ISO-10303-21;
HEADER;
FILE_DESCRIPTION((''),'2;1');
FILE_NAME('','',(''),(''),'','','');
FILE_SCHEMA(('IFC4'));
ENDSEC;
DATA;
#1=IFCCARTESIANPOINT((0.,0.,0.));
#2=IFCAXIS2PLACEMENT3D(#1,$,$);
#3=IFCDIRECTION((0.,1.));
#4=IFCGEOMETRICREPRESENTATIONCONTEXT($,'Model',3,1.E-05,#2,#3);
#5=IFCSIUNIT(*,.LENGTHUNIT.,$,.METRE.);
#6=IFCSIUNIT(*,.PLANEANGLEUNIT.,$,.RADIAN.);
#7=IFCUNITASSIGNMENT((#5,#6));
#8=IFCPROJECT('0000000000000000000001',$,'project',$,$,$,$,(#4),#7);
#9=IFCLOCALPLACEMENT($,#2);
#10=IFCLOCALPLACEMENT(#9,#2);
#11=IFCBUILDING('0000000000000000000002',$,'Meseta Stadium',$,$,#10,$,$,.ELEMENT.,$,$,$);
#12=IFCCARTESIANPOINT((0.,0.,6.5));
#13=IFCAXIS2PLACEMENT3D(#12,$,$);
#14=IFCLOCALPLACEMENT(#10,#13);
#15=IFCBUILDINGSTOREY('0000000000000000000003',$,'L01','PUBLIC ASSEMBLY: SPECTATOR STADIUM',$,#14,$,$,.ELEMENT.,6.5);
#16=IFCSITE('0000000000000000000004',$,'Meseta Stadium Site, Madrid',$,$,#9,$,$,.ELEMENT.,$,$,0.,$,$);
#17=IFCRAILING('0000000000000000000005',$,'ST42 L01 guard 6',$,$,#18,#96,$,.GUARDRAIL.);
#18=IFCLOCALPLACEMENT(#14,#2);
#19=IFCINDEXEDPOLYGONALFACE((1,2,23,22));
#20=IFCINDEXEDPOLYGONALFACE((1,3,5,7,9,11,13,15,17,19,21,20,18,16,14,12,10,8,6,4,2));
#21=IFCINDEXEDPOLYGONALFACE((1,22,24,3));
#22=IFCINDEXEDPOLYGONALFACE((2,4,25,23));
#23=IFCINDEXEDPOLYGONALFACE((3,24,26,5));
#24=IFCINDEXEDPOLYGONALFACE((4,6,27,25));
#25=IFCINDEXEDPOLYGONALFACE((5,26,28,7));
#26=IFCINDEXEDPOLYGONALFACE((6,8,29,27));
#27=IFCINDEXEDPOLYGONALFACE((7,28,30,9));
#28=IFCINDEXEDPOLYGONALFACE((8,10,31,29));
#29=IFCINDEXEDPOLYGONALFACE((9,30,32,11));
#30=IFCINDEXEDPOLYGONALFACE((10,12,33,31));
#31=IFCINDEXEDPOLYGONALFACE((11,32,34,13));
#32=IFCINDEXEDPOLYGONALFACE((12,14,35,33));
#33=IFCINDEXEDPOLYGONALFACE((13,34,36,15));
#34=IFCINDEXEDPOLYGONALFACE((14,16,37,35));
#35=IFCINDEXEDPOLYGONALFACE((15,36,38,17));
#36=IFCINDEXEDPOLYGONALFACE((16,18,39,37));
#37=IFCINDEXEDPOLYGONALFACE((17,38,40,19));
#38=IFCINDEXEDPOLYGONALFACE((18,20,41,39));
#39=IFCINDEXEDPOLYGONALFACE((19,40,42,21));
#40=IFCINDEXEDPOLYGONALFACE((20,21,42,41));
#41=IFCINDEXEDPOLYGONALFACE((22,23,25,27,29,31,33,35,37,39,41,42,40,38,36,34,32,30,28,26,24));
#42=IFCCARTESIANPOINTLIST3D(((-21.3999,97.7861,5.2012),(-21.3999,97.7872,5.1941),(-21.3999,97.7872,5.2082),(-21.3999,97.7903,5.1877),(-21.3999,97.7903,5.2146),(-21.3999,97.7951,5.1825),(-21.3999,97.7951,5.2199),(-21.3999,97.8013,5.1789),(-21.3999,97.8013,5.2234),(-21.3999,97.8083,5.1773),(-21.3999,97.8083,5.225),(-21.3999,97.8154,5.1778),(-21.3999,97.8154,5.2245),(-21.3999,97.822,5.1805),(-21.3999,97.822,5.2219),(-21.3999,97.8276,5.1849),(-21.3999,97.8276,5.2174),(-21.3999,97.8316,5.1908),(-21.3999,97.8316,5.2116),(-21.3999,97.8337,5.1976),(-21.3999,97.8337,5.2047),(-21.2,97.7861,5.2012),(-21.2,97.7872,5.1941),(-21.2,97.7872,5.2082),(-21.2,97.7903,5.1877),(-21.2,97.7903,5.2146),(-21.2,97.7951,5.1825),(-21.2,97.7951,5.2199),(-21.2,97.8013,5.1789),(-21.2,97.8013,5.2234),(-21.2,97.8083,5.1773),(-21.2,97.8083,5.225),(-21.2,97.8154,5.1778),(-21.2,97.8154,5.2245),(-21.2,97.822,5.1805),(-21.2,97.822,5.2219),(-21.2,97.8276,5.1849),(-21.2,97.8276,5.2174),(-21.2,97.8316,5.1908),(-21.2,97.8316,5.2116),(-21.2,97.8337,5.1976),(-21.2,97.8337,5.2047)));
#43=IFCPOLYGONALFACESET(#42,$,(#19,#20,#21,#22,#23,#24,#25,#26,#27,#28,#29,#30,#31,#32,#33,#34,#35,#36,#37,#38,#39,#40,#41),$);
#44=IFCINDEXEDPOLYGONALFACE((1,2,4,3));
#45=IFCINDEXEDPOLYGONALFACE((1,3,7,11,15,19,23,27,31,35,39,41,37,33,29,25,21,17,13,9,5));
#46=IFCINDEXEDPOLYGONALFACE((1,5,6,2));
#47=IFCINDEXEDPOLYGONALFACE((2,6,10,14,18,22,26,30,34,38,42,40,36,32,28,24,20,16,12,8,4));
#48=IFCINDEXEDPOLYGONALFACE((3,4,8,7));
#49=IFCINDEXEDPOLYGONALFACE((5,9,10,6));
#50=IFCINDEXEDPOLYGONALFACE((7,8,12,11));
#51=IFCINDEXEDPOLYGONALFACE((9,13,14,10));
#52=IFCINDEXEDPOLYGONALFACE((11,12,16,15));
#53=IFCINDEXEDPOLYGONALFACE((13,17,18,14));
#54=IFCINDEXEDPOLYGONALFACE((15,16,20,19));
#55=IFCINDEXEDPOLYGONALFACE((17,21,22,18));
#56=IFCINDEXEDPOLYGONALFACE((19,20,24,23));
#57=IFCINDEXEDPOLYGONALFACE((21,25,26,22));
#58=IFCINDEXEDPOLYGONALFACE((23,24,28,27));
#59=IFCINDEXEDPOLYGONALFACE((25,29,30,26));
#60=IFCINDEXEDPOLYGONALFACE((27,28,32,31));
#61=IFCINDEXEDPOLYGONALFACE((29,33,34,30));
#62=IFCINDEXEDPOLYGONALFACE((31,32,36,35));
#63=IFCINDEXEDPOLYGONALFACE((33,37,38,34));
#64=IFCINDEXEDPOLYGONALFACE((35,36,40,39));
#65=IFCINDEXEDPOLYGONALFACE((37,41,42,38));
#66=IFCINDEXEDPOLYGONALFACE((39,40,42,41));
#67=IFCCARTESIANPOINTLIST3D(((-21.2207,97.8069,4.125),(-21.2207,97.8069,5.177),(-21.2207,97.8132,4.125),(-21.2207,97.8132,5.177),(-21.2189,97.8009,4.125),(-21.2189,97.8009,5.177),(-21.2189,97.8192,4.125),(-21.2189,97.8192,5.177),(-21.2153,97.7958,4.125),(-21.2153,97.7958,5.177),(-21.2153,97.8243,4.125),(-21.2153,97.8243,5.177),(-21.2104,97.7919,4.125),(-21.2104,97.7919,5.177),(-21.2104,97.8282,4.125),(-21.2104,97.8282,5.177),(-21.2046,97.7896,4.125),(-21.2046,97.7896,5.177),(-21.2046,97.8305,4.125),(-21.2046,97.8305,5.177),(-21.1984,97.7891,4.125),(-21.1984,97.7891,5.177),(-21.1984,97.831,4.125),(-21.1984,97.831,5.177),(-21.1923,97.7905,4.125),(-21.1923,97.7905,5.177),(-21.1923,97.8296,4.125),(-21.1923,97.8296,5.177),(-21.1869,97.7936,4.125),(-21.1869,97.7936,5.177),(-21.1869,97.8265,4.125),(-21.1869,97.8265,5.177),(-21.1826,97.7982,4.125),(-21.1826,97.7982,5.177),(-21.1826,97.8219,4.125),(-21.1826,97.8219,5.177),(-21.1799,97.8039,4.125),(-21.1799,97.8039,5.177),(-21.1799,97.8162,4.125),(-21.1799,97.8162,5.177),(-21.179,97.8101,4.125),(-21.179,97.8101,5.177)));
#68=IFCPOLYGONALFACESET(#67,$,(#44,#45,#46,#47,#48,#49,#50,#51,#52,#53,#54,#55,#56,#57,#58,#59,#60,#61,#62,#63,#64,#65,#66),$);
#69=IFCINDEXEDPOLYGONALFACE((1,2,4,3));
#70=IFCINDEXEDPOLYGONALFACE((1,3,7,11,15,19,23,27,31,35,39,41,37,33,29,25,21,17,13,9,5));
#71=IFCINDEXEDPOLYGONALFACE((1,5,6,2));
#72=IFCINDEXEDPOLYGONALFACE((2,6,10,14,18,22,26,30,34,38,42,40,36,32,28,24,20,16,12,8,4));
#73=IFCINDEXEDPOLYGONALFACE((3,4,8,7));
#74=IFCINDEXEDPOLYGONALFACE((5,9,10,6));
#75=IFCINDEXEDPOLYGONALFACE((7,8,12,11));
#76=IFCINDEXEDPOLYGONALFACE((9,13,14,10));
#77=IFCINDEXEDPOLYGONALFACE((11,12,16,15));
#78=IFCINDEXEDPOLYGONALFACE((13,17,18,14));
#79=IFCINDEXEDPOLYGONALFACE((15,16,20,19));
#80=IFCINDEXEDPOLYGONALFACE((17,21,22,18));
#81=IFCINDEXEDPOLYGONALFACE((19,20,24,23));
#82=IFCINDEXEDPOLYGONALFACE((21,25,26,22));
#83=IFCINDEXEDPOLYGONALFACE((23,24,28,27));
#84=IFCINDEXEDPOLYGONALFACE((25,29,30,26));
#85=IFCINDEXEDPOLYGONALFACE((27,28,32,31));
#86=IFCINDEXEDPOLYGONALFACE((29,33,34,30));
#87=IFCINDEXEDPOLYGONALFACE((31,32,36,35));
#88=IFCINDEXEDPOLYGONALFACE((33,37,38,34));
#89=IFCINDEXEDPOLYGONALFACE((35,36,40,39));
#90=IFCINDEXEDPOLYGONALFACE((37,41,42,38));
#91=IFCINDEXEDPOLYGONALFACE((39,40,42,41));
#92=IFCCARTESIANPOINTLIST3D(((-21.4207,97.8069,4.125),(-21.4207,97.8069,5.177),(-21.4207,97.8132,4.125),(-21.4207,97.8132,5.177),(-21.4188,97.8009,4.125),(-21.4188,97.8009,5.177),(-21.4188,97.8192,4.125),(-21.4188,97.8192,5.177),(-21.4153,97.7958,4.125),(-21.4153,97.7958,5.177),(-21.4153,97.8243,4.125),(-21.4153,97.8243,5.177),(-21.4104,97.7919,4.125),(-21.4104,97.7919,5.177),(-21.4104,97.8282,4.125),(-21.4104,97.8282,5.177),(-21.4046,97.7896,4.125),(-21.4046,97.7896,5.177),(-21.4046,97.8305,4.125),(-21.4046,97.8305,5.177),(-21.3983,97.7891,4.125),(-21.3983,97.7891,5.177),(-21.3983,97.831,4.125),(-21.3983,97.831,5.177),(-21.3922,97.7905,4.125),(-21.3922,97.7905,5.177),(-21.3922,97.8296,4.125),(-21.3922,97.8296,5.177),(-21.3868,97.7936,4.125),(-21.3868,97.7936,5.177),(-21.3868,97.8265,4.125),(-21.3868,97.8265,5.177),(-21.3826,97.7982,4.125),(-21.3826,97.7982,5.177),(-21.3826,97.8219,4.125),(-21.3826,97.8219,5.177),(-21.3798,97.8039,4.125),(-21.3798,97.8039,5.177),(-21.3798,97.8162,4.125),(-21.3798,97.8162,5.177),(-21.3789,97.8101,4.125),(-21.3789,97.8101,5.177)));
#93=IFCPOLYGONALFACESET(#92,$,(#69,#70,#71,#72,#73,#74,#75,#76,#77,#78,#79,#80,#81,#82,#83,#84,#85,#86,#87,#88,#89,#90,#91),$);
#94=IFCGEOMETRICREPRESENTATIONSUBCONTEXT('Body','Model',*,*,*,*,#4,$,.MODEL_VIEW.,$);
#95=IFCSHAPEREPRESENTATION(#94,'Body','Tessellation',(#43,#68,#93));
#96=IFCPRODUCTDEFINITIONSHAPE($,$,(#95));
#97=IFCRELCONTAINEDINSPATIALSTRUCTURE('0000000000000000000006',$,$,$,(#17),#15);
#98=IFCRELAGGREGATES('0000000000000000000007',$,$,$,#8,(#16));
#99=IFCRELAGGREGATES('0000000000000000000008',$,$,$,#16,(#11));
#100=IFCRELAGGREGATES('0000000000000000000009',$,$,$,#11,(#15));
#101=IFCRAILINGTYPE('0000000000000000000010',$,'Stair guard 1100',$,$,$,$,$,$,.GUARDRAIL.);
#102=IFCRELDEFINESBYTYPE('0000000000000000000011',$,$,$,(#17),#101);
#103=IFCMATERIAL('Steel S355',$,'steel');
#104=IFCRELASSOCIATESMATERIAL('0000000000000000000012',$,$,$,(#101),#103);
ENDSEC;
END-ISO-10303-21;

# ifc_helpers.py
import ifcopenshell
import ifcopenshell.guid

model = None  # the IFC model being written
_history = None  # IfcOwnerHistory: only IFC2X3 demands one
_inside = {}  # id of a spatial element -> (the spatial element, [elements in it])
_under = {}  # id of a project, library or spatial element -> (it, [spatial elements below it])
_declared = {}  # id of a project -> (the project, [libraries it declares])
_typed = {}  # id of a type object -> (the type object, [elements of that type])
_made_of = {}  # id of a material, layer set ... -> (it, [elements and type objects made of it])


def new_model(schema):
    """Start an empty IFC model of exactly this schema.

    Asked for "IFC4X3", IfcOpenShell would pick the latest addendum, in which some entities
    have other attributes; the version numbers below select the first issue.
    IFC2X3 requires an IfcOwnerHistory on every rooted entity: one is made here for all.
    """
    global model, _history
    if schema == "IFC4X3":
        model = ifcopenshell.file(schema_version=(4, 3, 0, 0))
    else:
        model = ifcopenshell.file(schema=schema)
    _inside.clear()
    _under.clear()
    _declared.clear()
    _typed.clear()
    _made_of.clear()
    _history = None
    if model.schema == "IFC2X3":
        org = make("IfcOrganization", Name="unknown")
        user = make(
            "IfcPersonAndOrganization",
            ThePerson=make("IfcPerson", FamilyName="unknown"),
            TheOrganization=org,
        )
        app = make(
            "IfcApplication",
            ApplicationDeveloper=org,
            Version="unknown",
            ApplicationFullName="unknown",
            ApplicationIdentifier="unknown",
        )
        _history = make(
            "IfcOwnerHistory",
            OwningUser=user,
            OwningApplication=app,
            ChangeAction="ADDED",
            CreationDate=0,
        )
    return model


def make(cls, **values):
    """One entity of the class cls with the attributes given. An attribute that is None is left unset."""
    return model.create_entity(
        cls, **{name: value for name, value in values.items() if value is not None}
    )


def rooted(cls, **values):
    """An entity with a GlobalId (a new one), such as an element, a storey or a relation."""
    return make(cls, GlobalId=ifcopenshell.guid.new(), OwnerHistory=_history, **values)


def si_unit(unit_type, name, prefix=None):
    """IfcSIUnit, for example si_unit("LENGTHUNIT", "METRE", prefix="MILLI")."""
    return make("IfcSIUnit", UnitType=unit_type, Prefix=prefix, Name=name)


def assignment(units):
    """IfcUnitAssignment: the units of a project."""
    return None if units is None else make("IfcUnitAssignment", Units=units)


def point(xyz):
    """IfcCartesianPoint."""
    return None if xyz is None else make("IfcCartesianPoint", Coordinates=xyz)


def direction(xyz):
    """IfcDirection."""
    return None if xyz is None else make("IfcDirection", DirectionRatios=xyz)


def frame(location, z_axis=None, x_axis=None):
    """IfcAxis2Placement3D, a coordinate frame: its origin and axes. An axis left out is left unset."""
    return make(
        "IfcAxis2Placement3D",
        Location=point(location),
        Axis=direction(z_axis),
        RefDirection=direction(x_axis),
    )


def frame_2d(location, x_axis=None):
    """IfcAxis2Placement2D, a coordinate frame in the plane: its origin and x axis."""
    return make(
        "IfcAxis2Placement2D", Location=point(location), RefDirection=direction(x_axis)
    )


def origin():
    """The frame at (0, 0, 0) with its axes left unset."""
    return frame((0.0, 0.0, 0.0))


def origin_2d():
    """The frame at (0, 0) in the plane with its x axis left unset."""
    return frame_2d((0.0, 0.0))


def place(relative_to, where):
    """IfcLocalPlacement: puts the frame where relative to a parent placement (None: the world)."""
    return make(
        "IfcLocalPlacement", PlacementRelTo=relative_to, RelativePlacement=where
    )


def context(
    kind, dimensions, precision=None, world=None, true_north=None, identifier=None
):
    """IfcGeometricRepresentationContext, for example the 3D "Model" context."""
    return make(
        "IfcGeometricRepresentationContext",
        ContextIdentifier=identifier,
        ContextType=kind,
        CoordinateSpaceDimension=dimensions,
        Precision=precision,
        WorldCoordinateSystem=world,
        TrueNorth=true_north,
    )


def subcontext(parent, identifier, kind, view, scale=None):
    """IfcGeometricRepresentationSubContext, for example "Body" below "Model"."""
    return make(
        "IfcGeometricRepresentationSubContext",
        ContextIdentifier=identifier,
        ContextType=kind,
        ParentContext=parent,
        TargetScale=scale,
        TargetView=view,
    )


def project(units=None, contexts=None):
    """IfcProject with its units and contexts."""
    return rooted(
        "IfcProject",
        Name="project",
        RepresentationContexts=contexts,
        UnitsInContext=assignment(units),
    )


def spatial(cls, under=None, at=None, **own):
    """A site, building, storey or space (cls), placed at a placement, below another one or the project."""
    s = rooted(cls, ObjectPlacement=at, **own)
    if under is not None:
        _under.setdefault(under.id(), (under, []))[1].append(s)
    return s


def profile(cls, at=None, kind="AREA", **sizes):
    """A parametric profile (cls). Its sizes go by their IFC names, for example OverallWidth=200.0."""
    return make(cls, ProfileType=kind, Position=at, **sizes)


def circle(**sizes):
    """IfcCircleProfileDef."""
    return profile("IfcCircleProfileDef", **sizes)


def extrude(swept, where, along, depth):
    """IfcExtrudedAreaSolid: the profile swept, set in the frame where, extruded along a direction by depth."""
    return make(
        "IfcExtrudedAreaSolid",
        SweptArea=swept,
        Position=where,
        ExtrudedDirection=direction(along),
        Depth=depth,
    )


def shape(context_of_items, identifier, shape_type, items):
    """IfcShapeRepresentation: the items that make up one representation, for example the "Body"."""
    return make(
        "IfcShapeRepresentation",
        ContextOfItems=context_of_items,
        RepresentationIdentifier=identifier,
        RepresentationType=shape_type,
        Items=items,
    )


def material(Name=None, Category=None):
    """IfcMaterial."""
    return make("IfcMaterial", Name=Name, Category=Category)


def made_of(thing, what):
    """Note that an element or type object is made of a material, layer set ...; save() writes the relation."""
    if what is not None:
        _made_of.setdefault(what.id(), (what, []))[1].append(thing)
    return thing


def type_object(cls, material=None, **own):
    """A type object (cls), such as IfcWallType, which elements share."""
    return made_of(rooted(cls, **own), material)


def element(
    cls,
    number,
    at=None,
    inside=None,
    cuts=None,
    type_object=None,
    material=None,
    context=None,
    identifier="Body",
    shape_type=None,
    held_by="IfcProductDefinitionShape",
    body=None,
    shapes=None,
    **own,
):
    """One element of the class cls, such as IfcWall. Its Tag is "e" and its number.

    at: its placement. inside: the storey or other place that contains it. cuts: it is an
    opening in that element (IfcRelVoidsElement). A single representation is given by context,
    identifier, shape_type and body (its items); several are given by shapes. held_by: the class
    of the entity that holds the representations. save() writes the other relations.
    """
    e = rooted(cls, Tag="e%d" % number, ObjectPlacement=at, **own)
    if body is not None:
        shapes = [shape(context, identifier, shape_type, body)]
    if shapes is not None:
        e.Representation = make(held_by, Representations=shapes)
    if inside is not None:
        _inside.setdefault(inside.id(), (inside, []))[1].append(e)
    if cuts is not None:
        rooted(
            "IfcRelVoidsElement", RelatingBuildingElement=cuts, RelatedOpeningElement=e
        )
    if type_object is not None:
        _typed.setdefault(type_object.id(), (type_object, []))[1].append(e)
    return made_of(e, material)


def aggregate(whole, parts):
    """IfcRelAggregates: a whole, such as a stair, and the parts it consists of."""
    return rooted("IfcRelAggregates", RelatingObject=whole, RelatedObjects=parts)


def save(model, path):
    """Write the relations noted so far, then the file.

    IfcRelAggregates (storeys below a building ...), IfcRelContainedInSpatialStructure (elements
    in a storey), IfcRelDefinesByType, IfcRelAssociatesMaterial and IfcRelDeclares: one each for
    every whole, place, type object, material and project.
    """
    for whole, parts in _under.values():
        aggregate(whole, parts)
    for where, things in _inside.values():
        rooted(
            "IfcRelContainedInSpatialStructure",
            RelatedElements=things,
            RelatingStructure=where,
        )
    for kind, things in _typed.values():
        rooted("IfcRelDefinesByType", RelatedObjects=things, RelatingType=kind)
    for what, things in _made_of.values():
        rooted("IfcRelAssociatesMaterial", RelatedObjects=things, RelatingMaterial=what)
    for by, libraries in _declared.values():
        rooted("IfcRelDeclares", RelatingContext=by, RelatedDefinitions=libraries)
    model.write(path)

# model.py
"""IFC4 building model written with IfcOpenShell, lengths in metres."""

from ifc_helpers import new_model, si_unit, direction, frame, origin, origin_2d, place, context, subcontext, project, spatial, circle, extrude, material, type_object, element, save


model = new_model("IFC4")

# Units and contexts
model_context = context("Model", 3, precision=1e-05, world=origin(), true_north=direction((0.0, 1.0)))
body_context = subcontext(model_context, "Body", "Model", "MODEL_VIEW")
ifc_project = project(units=[si_unit("LENGTHUNIT", "METRE"), si_unit("PLANEANGLEUNIT", "RADIAN")], contexts=[model_context])

# Site, building, storey
site_placement = place(None, origin())
site = spatial("IfcSite", under=ifc_project, at=site_placement, Name="Meseta Stadium Site, Madrid", CompositionType="ELEMENT", RefElevation=0.0)
building_placement = place(site_placement, origin())
building = spatial("IfcBuilding", under=site, at=building_placement, Name="Meseta Stadium", CompositionType="ELEMENT")
storey_placement = place(building_placement, frame((0.0, 0.0, 6.5)))
storey = spatial("IfcBuildingStorey", under=building, at=storey_placement, Name="L01", Description="PUBLIC ASSEMBLY: SPECTATOR STADIUM", CompositionType="ELEMENT", Elevation=6.5)

# Railing
ifc_material_1 = material(Name="Steel S355", Category="steel")
railing_type_1 = type_object("IfcRailingType", Name="Stair guard 1100", PredefinedType="GUARDRAIL", material=ifc_material_1)
railing_1_placement = place(storey_placement, frame((-21.2, 97.8101, 4.125)))
element("IfcRailing", 1, at=railing_1_placement, inside=storey, type_object=railing_type_1, Name="ST42 L01 guard 6", PredefinedType="GUARDRAIL", context=body_context, shape_type="SweptSolid", body=[
    extrude(circle(Radius=0.0239, at=origin_2d()), frame((0.0, 0.0, 1.0762), z_axis=(-1.0, 0.0, 0.0), x_axis=(0.0, -1.0, 0.0)), (0.0, 0.0, 1.0), 0.2),
    extrude(circle(Radius=0.021, at=origin_2d()), origin(), (0.0, 0.0, 1.0), 1.052),
    extrude(circle(Radius=0.021, at=origin_2d()), frame((-0.2, 0.0, 0.0)), (0.0, 0.0, 1.0), 1.052),
])

save(model, "model.ifc")
